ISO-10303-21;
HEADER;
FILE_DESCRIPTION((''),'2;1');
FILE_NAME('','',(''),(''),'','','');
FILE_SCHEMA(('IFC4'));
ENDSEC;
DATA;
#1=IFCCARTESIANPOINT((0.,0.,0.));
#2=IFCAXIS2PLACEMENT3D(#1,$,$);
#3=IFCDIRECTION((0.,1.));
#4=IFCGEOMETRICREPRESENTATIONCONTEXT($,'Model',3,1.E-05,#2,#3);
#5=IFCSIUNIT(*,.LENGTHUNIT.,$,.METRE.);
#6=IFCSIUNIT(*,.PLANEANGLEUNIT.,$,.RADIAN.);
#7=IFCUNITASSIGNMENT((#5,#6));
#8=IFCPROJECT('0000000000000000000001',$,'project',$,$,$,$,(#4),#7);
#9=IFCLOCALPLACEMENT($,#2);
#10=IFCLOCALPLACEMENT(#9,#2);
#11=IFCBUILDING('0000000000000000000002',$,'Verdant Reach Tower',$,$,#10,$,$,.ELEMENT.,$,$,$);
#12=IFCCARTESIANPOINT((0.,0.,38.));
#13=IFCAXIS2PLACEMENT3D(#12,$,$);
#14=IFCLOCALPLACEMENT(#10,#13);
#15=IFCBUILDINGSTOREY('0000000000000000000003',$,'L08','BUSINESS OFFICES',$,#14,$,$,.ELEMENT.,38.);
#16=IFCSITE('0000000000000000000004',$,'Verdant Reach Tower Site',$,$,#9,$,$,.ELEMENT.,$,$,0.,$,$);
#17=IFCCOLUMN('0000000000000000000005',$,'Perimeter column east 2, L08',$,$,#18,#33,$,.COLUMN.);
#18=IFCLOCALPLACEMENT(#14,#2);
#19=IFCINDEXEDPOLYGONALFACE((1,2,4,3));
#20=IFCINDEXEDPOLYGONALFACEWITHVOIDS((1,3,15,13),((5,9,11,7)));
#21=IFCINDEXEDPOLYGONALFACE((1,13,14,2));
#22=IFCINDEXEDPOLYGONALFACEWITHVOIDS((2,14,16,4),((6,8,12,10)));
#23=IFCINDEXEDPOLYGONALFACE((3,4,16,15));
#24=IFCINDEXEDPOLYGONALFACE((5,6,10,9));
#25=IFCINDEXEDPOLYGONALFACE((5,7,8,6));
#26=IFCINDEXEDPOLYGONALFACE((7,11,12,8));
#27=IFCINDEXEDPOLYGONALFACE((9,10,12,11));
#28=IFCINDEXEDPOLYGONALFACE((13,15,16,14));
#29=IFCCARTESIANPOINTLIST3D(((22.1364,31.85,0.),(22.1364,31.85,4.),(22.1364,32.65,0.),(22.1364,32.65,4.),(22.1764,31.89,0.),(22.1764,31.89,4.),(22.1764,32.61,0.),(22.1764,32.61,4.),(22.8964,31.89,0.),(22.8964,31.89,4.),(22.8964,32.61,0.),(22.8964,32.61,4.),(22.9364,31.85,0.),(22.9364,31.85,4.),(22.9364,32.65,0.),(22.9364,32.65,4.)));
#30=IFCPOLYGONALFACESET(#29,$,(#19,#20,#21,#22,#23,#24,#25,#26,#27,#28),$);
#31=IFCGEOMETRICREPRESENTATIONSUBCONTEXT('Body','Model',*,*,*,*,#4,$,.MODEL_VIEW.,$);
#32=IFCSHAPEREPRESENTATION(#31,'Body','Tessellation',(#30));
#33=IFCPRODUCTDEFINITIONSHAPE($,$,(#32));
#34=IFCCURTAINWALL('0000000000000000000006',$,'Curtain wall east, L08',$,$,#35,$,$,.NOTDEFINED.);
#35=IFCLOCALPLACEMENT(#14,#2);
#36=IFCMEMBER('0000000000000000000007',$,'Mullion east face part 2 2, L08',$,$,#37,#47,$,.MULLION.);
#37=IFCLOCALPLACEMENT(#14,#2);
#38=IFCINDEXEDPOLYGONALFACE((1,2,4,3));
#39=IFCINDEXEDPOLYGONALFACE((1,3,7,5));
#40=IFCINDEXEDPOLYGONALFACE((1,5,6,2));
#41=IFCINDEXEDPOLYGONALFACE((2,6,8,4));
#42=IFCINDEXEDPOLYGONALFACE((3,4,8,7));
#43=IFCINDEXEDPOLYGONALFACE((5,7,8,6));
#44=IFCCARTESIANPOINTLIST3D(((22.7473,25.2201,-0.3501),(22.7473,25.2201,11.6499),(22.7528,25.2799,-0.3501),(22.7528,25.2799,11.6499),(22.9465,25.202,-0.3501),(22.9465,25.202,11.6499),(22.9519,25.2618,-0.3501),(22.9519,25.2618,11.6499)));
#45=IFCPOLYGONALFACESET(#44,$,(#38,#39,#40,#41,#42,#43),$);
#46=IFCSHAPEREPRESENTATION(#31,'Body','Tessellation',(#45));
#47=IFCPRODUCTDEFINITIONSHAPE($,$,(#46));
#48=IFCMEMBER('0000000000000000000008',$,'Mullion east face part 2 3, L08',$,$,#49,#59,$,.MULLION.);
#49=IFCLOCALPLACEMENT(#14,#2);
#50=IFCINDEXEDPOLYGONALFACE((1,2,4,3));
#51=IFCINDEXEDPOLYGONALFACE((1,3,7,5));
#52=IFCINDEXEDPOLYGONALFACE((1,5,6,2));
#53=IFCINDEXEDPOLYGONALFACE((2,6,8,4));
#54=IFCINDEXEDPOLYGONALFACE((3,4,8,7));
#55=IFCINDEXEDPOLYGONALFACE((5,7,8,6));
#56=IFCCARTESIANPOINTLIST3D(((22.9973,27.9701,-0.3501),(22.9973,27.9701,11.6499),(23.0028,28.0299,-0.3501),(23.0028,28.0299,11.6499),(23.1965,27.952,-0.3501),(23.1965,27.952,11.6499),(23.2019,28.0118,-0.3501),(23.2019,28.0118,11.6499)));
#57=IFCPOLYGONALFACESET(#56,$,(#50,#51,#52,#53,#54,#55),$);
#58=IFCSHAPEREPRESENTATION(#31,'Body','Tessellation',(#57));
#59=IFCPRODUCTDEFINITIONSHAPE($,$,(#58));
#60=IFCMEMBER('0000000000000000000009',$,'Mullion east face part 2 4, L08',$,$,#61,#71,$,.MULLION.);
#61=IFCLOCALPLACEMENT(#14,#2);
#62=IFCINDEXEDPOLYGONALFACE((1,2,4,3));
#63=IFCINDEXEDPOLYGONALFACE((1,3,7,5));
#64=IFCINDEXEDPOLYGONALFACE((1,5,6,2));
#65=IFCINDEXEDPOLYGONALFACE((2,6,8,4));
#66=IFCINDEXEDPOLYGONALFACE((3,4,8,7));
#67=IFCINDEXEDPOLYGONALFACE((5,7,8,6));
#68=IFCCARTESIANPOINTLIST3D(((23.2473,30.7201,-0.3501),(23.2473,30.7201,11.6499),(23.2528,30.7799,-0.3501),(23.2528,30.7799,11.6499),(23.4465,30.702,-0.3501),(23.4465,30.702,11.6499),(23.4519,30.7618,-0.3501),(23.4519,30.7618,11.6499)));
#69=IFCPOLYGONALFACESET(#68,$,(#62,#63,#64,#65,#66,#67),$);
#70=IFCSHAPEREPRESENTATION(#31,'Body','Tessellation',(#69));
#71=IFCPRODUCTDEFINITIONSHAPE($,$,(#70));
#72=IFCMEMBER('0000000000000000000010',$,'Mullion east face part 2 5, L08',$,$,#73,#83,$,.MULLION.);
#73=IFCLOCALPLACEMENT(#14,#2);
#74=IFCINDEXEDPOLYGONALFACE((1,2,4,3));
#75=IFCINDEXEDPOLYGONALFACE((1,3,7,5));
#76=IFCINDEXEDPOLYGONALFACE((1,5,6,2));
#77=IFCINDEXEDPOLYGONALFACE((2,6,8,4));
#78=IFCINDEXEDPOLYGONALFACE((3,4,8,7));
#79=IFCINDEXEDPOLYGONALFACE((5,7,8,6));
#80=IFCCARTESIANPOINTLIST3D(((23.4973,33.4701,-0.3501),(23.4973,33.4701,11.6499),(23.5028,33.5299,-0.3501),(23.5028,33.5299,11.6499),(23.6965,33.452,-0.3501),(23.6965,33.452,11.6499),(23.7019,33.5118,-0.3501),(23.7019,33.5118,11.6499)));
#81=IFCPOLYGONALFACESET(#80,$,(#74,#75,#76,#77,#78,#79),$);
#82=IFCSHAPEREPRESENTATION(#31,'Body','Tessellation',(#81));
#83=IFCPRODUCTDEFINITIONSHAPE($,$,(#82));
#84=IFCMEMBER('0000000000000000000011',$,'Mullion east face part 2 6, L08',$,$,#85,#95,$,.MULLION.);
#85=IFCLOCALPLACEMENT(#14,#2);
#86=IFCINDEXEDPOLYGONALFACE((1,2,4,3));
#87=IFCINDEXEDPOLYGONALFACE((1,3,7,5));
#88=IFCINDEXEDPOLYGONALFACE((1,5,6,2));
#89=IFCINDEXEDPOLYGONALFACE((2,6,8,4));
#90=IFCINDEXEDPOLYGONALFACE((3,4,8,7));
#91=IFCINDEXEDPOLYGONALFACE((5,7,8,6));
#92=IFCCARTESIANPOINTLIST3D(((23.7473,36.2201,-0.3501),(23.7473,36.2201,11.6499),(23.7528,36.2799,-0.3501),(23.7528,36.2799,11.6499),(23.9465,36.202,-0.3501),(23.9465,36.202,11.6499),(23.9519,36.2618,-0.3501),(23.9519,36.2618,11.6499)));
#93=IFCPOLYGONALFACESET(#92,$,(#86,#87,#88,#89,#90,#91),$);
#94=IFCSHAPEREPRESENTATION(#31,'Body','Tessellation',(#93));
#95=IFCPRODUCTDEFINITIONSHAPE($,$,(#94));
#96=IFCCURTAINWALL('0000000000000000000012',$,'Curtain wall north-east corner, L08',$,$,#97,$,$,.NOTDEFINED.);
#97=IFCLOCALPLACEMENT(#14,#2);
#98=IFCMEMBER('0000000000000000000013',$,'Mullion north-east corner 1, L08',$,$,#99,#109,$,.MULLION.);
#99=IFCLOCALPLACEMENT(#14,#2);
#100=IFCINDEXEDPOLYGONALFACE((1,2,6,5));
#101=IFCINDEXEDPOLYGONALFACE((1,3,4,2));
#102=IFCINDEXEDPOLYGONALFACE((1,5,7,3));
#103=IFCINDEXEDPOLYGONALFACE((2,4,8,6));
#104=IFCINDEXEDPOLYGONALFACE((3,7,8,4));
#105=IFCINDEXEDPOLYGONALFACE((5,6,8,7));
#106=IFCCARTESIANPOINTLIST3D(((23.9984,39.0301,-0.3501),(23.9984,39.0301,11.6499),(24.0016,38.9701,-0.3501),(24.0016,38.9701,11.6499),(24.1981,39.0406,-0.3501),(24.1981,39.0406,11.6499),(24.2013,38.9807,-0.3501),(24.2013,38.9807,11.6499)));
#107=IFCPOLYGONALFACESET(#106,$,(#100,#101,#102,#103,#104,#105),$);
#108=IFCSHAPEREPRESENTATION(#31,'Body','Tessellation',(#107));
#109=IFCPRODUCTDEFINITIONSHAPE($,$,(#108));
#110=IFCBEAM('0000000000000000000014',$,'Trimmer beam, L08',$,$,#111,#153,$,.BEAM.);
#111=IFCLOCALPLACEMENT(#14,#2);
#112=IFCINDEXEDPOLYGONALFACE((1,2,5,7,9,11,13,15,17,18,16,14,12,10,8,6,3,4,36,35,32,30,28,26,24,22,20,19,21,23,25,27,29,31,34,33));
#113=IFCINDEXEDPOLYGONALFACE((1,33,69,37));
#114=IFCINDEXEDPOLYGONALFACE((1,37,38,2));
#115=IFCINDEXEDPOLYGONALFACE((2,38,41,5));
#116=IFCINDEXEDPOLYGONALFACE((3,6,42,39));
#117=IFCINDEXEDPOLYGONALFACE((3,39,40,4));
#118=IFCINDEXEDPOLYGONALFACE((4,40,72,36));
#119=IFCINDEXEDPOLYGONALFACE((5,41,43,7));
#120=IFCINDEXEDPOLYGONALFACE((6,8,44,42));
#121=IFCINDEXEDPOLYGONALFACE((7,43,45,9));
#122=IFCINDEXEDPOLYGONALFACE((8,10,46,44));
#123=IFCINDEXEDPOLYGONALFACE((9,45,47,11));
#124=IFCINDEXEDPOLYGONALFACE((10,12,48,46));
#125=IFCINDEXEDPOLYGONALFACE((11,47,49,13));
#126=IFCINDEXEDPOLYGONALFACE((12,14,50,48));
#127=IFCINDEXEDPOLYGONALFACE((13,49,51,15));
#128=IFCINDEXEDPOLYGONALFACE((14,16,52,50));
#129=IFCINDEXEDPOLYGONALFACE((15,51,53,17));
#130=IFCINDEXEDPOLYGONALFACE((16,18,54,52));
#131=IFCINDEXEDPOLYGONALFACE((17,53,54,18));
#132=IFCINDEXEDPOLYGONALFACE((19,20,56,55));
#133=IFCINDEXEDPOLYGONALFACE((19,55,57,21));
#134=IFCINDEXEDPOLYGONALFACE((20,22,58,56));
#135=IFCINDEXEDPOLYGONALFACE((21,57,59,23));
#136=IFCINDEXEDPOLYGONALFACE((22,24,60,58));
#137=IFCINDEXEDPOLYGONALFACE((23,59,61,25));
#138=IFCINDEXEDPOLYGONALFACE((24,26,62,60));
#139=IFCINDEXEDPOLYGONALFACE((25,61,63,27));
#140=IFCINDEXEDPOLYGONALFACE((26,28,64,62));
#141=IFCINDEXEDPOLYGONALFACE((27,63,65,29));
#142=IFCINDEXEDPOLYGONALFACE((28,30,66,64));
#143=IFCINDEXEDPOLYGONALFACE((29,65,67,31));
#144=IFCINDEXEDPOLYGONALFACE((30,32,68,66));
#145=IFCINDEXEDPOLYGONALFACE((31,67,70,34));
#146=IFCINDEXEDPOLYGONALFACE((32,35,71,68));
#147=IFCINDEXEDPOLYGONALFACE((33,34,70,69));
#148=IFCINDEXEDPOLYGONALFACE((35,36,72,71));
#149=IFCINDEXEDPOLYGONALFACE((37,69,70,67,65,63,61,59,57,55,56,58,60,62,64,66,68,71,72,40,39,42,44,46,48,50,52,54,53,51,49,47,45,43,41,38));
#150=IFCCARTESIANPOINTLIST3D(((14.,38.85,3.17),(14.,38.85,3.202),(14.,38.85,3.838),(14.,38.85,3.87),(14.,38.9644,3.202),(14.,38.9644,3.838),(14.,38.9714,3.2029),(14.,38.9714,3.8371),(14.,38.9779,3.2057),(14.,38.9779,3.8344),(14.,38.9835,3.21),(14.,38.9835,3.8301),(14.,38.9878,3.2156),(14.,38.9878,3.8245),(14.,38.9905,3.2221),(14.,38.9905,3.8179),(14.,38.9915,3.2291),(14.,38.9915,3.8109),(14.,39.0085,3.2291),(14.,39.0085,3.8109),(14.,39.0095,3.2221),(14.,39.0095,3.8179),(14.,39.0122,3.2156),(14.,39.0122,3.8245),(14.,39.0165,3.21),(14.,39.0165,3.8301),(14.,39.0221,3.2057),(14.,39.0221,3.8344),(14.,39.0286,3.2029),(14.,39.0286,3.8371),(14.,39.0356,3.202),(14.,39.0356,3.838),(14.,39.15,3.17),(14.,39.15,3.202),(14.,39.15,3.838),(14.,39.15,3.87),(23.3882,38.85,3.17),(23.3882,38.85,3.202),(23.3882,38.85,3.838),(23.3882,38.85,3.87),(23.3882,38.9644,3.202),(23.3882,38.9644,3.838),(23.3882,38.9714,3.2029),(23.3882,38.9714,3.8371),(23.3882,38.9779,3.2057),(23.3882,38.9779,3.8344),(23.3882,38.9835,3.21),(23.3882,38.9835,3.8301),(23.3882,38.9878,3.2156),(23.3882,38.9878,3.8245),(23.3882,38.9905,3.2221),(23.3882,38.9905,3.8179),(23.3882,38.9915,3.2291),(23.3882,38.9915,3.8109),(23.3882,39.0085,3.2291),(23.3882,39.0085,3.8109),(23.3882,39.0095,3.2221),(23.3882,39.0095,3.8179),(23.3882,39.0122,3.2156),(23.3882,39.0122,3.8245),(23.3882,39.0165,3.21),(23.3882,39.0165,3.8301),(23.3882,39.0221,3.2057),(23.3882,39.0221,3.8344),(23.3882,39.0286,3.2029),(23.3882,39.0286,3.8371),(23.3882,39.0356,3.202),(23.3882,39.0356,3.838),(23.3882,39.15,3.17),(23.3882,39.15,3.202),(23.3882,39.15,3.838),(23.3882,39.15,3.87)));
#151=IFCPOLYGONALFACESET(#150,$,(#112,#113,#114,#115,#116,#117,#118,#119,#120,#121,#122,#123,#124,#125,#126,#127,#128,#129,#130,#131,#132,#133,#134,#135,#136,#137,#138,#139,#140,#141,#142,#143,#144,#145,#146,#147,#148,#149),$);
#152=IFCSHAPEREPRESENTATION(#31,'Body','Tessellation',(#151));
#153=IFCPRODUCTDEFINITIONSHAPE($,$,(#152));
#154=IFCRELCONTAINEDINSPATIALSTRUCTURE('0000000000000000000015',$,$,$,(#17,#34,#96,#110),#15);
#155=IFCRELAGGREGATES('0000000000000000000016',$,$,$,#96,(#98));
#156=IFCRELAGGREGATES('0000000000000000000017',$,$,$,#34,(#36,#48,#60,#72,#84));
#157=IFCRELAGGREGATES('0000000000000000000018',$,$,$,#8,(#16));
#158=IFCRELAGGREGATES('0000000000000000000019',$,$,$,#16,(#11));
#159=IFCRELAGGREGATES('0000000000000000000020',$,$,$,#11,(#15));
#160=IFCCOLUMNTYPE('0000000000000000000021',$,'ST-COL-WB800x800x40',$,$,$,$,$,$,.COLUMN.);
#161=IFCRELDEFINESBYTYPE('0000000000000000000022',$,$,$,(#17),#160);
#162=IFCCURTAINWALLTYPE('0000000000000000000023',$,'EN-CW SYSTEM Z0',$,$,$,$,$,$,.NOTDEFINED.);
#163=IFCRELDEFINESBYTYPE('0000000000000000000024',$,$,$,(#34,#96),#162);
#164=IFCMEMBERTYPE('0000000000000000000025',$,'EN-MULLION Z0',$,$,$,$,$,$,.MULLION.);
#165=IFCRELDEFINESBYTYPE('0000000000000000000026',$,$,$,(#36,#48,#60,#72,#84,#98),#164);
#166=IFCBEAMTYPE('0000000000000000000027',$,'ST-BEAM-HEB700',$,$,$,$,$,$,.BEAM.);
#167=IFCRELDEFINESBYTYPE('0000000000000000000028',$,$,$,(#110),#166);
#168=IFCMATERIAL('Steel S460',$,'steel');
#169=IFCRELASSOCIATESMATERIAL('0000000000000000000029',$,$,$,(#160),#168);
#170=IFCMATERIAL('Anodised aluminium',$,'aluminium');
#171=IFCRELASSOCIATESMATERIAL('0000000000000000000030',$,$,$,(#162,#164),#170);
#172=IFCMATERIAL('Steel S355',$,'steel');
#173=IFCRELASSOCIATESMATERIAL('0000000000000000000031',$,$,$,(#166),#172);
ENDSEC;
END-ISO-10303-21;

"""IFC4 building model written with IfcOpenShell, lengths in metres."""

from ifc_helpers import new_model, si_unit, direction, frame, origin, origin_2d, place, context, subcontext, project, spatial, rectangle, hollow_rectangle, i_section, extrude, material, material_profile, profile_set, type_object, element, aggregate, save


model = new_model("IFC4")

# Units and contexts
model_context = context("Model", 3, precision=1e-05, world=origin(), true_north=direction((0.0, 1.0)))
body_context = subcontext(model_context, "Body", "Model", "MODEL_VIEW")
ifc_project = project(units=[si_unit("LENGTHUNIT", "METRE"), si_unit("PLANEANGLEUNIT", "RADIAN")], contexts=[model_context])

# Site, building, storey
site_placement = place(None, origin())
site = spatial("IfcSite", under=ifc_project, at=site_placement, Name="Verdant Reach Tower Site", CompositionType="ELEMENT", RefElevation=0.0)
building_placement = place(site_placement, origin())
building = spatial("IfcBuilding", under=site, at=building_placement, Name="Verdant Reach Tower", CompositionType="ELEMENT")
storey_placement = place(building_placement, frame((0.0, 0.0, 38.0)))
storey = spatial("IfcBuildingStorey", under=building, at=storey_placement, Name="L08", Description="BUSINESS OFFICES", CompositionType="ELEMENT", Elevation=38.0)

# Column
ifc_material_1 = material(Name="Steel S460", Category="steel")
ifc_material_profile_1 = material_profile(ifc_material_1, hollow_rectangle(XDim=0.8, YDim=0.8, WallThickness=0.04, at=origin_2d()), Name="WB 800x800x40")
ifc_profile_set_1 = profile_set([ifc_material_profile_1], Name="Steel S460")
column_type = type_object("IfcColumnType", Name="ST-COL-WB800x800x40", PredefinedType="COLUMN", material=ifc_profile_set_1)
column_placement = place(storey_placement, frame((22.5364, 32.25, 0.0), z_axis=(0.0, 0.0, 1.0), x_axis=(1.0, 0.0, 0.0)))
element("IfcColumn", 1, at=column_placement, inside=storey, type_object=column_type, Name="Perimeter column east 2, L08", PredefinedType="COLUMN", context=body_context, shape_type="SweptSolid", body=[
    extrude(hollow_rectangle(XDim=0.8, YDim=0.8, WallThickness=0.04, at=origin_2d()), origin(), (0.0, 0.0, 1.0), 4.0),
])

# Curtain wall, members
ifc_material_2 = material(Name="Anodised aluminium", Category="aluminium")
curtain_wall_type = type_object("IfcCurtainWallType", Name="EN-CW SYSTEM Z0", PredefinedType="NOTDEFINED", material=ifc_material_2)
curtain_wall_1_placement = place(storey_placement, origin())
curtain_wall_1 = element("IfcCurtainWall", 2, at=curtain_wall_1_placement, inside=storey, type_object=curtain_wall_type, Name="Curtain wall east, L08", PredefinedType="NOTDEFINED")
ifc_material_profile_2 = material_profile(ifc_material_2, rectangle(XDim=0.2, YDim=0.0601, at=origin_2d()), Name="Mullion 60x200")
ifc_profile_set_2 = profile_set([ifc_material_profile_2], Name="Anodised aluminium")
member_type = type_object("IfcMemberType", Name="EN-MULLION Z0", PredefinedType="MULLION", material=ifc_profile_set_2)
member_1_placement = place(storey_placement, frame((22.8496, 25.241, -0.3501), z_axis=(0.0, 0.0, 1.0), x_axis=(0.995893, -0.090536, 0.0)))
member_1 = element("IfcMember", 3, at=member_1_placement, type_object=member_type, Name="Mullion east face part 2 2, L08", PredefinedType="MULLION", context=body_context, shape_type="SweptSolid", body=[
    extrude(rectangle(XDim=0.2, YDim=0.0601, at=origin_2d()), origin(), (0.0, 0.0, 1.0), 12.0),
])
member_2_placement = place(storey_placement, frame((23.0996, 27.991, -0.3501), z_axis=(0.0, 0.0, 1.0), x_axis=(0.995893, -0.090536, 0.0)))
member_2 = element("IfcMember", 4, at=member_2_placement, type_object=member_type, Name="Mullion east face part 2 3, L08", PredefinedType="MULLION", context=body_context, shape_type="SweptSolid", body=[
    extrude(rectangle(XDim=0.2, YDim=0.0601, at=origin_2d()), origin(), (0.0, 0.0, 1.0), 12.0),
])
member_3_placement = place(storey_placement, frame((23.3496, 30.741, -0.3501), z_axis=(0.0, 0.0, 1.0), x_axis=(0.995893, -0.090536, 0.0)))
member_3 = element("IfcMember", 5, at=member_3_placement, type_object=member_type, Name="Mullion east face part 2 4, L08", PredefinedType="MULLION", context=body_context, shape_type="SweptSolid", body=[
    extrude(rectangle(XDim=0.2, YDim=0.0601, at=origin_2d()), origin(), (0.0, 0.0, 1.0), 12.0),
])
member_4_placement = place(storey_placement, frame((23.5996, 33.491, -0.3501), z_axis=(0.0, 0.0, 1.0), x_axis=(0.995893, -0.090536, 0.0)))
member_4 = element("IfcMember", 6, at=member_4_placement, type_object=member_type, Name="Mullion east face part 2 5, L08", PredefinedType="MULLION", context=body_context, shape_type="SweptSolid", body=[
    extrude(rectangle(XDim=0.2, YDim=0.0601, at=origin_2d()), origin(), (0.0, 0.0, 1.0), 12.0),
])
member_5_placement = place(storey_placement, frame((23.8496, 36.241, -0.3501), z_axis=(0.0, 0.0, 1.0), x_axis=(0.995893, -0.090536, 0.0)))
member_5 = element("IfcMember", 7, at=member_5_placement, type_object=member_type, Name="Mullion east face part 2 6, L08", PredefinedType="MULLION", context=body_context, shape_type="SweptSolid", body=[
    extrude(rectangle(XDim=0.2, YDim=0.0601, at=origin_2d()), origin(), (0.0, 0.0, 1.0), 12.0),
])

# Curtain wall, member
curtain_wall_2_placement = place(storey_placement, origin())
curtain_wall_2 = element("IfcCurtainWall", 8, at=curtain_wall_2_placement, inside=storey, type_object=curtain_wall_type, Name="Curtain wall north-east corner, L08", PredefinedType="NOTDEFINED")
member_6_placement = place(storey_placement, frame((24.0999, 39.0054, -0.3501), z_axis=(0.0, 0.0, 1.0), x_axis=(0.998604, 0.052815, 0.0)))
member_6 = element("IfcMember", 9, at=member_6_placement, type_object=member_type, Name="Mullion north-east corner 1, L08", PredefinedType="MULLION", context=body_context, shape_type="SweptSolid", body=[
    extrude(rectangle(XDim=0.2, YDim=0.0601, at=origin_2d()), origin(), (0.0, 0.0, 1.0), 12.0),
])
aggregate(curtain_wall_2, [member_6])

# Beam
ifc_material_3 = material(Name="Steel S355", Category="steel")
ifc_material_profile_3 = material_profile(ifc_material_3, i_section(OverallWidth=0.3, OverallDepth=0.7, WebThickness=0.0171, FlangeThickness=0.032, FilletRadius=0.0271, at=origin_2d()), Name="HEB 700")
ifc_profile_set_3 = profile_set([ifc_material_profile_3], Name="Steel S355")
beam_type_1 = type_object("IfcBeamType", Name="ST-BEAM-HEB700", PredefinedType="BEAM", material=ifc_profile_set_3)
beam_1_placement = place(storey_placement, frame((14.0, 39.0, 3.52), z_axis=(1.0, 0.0, 0.0), x_axis=(0.0, 1.0, 0.0)))
element("IfcBeam", 10, at=beam_1_placement, inside=storey, type_object=beam_type_1, Name="Trimmer beam, L08", PredefinedType="BEAM", context=body_context, shape_type="SweptSolid", body=[
    extrude(i_section(OverallWidth=0.3, OverallDepth=0.7, WebThickness=0.0171, FlangeThickness=0.032, FilletRadius=0.0271, at=origin_2d()), origin(), (0.0, 0.0, 1.0), 9.3882),
])

aggregate(curtain_wall_1, [member_1, member_2, member_3, member_4, member_5])

save(model, "model.ifc")
